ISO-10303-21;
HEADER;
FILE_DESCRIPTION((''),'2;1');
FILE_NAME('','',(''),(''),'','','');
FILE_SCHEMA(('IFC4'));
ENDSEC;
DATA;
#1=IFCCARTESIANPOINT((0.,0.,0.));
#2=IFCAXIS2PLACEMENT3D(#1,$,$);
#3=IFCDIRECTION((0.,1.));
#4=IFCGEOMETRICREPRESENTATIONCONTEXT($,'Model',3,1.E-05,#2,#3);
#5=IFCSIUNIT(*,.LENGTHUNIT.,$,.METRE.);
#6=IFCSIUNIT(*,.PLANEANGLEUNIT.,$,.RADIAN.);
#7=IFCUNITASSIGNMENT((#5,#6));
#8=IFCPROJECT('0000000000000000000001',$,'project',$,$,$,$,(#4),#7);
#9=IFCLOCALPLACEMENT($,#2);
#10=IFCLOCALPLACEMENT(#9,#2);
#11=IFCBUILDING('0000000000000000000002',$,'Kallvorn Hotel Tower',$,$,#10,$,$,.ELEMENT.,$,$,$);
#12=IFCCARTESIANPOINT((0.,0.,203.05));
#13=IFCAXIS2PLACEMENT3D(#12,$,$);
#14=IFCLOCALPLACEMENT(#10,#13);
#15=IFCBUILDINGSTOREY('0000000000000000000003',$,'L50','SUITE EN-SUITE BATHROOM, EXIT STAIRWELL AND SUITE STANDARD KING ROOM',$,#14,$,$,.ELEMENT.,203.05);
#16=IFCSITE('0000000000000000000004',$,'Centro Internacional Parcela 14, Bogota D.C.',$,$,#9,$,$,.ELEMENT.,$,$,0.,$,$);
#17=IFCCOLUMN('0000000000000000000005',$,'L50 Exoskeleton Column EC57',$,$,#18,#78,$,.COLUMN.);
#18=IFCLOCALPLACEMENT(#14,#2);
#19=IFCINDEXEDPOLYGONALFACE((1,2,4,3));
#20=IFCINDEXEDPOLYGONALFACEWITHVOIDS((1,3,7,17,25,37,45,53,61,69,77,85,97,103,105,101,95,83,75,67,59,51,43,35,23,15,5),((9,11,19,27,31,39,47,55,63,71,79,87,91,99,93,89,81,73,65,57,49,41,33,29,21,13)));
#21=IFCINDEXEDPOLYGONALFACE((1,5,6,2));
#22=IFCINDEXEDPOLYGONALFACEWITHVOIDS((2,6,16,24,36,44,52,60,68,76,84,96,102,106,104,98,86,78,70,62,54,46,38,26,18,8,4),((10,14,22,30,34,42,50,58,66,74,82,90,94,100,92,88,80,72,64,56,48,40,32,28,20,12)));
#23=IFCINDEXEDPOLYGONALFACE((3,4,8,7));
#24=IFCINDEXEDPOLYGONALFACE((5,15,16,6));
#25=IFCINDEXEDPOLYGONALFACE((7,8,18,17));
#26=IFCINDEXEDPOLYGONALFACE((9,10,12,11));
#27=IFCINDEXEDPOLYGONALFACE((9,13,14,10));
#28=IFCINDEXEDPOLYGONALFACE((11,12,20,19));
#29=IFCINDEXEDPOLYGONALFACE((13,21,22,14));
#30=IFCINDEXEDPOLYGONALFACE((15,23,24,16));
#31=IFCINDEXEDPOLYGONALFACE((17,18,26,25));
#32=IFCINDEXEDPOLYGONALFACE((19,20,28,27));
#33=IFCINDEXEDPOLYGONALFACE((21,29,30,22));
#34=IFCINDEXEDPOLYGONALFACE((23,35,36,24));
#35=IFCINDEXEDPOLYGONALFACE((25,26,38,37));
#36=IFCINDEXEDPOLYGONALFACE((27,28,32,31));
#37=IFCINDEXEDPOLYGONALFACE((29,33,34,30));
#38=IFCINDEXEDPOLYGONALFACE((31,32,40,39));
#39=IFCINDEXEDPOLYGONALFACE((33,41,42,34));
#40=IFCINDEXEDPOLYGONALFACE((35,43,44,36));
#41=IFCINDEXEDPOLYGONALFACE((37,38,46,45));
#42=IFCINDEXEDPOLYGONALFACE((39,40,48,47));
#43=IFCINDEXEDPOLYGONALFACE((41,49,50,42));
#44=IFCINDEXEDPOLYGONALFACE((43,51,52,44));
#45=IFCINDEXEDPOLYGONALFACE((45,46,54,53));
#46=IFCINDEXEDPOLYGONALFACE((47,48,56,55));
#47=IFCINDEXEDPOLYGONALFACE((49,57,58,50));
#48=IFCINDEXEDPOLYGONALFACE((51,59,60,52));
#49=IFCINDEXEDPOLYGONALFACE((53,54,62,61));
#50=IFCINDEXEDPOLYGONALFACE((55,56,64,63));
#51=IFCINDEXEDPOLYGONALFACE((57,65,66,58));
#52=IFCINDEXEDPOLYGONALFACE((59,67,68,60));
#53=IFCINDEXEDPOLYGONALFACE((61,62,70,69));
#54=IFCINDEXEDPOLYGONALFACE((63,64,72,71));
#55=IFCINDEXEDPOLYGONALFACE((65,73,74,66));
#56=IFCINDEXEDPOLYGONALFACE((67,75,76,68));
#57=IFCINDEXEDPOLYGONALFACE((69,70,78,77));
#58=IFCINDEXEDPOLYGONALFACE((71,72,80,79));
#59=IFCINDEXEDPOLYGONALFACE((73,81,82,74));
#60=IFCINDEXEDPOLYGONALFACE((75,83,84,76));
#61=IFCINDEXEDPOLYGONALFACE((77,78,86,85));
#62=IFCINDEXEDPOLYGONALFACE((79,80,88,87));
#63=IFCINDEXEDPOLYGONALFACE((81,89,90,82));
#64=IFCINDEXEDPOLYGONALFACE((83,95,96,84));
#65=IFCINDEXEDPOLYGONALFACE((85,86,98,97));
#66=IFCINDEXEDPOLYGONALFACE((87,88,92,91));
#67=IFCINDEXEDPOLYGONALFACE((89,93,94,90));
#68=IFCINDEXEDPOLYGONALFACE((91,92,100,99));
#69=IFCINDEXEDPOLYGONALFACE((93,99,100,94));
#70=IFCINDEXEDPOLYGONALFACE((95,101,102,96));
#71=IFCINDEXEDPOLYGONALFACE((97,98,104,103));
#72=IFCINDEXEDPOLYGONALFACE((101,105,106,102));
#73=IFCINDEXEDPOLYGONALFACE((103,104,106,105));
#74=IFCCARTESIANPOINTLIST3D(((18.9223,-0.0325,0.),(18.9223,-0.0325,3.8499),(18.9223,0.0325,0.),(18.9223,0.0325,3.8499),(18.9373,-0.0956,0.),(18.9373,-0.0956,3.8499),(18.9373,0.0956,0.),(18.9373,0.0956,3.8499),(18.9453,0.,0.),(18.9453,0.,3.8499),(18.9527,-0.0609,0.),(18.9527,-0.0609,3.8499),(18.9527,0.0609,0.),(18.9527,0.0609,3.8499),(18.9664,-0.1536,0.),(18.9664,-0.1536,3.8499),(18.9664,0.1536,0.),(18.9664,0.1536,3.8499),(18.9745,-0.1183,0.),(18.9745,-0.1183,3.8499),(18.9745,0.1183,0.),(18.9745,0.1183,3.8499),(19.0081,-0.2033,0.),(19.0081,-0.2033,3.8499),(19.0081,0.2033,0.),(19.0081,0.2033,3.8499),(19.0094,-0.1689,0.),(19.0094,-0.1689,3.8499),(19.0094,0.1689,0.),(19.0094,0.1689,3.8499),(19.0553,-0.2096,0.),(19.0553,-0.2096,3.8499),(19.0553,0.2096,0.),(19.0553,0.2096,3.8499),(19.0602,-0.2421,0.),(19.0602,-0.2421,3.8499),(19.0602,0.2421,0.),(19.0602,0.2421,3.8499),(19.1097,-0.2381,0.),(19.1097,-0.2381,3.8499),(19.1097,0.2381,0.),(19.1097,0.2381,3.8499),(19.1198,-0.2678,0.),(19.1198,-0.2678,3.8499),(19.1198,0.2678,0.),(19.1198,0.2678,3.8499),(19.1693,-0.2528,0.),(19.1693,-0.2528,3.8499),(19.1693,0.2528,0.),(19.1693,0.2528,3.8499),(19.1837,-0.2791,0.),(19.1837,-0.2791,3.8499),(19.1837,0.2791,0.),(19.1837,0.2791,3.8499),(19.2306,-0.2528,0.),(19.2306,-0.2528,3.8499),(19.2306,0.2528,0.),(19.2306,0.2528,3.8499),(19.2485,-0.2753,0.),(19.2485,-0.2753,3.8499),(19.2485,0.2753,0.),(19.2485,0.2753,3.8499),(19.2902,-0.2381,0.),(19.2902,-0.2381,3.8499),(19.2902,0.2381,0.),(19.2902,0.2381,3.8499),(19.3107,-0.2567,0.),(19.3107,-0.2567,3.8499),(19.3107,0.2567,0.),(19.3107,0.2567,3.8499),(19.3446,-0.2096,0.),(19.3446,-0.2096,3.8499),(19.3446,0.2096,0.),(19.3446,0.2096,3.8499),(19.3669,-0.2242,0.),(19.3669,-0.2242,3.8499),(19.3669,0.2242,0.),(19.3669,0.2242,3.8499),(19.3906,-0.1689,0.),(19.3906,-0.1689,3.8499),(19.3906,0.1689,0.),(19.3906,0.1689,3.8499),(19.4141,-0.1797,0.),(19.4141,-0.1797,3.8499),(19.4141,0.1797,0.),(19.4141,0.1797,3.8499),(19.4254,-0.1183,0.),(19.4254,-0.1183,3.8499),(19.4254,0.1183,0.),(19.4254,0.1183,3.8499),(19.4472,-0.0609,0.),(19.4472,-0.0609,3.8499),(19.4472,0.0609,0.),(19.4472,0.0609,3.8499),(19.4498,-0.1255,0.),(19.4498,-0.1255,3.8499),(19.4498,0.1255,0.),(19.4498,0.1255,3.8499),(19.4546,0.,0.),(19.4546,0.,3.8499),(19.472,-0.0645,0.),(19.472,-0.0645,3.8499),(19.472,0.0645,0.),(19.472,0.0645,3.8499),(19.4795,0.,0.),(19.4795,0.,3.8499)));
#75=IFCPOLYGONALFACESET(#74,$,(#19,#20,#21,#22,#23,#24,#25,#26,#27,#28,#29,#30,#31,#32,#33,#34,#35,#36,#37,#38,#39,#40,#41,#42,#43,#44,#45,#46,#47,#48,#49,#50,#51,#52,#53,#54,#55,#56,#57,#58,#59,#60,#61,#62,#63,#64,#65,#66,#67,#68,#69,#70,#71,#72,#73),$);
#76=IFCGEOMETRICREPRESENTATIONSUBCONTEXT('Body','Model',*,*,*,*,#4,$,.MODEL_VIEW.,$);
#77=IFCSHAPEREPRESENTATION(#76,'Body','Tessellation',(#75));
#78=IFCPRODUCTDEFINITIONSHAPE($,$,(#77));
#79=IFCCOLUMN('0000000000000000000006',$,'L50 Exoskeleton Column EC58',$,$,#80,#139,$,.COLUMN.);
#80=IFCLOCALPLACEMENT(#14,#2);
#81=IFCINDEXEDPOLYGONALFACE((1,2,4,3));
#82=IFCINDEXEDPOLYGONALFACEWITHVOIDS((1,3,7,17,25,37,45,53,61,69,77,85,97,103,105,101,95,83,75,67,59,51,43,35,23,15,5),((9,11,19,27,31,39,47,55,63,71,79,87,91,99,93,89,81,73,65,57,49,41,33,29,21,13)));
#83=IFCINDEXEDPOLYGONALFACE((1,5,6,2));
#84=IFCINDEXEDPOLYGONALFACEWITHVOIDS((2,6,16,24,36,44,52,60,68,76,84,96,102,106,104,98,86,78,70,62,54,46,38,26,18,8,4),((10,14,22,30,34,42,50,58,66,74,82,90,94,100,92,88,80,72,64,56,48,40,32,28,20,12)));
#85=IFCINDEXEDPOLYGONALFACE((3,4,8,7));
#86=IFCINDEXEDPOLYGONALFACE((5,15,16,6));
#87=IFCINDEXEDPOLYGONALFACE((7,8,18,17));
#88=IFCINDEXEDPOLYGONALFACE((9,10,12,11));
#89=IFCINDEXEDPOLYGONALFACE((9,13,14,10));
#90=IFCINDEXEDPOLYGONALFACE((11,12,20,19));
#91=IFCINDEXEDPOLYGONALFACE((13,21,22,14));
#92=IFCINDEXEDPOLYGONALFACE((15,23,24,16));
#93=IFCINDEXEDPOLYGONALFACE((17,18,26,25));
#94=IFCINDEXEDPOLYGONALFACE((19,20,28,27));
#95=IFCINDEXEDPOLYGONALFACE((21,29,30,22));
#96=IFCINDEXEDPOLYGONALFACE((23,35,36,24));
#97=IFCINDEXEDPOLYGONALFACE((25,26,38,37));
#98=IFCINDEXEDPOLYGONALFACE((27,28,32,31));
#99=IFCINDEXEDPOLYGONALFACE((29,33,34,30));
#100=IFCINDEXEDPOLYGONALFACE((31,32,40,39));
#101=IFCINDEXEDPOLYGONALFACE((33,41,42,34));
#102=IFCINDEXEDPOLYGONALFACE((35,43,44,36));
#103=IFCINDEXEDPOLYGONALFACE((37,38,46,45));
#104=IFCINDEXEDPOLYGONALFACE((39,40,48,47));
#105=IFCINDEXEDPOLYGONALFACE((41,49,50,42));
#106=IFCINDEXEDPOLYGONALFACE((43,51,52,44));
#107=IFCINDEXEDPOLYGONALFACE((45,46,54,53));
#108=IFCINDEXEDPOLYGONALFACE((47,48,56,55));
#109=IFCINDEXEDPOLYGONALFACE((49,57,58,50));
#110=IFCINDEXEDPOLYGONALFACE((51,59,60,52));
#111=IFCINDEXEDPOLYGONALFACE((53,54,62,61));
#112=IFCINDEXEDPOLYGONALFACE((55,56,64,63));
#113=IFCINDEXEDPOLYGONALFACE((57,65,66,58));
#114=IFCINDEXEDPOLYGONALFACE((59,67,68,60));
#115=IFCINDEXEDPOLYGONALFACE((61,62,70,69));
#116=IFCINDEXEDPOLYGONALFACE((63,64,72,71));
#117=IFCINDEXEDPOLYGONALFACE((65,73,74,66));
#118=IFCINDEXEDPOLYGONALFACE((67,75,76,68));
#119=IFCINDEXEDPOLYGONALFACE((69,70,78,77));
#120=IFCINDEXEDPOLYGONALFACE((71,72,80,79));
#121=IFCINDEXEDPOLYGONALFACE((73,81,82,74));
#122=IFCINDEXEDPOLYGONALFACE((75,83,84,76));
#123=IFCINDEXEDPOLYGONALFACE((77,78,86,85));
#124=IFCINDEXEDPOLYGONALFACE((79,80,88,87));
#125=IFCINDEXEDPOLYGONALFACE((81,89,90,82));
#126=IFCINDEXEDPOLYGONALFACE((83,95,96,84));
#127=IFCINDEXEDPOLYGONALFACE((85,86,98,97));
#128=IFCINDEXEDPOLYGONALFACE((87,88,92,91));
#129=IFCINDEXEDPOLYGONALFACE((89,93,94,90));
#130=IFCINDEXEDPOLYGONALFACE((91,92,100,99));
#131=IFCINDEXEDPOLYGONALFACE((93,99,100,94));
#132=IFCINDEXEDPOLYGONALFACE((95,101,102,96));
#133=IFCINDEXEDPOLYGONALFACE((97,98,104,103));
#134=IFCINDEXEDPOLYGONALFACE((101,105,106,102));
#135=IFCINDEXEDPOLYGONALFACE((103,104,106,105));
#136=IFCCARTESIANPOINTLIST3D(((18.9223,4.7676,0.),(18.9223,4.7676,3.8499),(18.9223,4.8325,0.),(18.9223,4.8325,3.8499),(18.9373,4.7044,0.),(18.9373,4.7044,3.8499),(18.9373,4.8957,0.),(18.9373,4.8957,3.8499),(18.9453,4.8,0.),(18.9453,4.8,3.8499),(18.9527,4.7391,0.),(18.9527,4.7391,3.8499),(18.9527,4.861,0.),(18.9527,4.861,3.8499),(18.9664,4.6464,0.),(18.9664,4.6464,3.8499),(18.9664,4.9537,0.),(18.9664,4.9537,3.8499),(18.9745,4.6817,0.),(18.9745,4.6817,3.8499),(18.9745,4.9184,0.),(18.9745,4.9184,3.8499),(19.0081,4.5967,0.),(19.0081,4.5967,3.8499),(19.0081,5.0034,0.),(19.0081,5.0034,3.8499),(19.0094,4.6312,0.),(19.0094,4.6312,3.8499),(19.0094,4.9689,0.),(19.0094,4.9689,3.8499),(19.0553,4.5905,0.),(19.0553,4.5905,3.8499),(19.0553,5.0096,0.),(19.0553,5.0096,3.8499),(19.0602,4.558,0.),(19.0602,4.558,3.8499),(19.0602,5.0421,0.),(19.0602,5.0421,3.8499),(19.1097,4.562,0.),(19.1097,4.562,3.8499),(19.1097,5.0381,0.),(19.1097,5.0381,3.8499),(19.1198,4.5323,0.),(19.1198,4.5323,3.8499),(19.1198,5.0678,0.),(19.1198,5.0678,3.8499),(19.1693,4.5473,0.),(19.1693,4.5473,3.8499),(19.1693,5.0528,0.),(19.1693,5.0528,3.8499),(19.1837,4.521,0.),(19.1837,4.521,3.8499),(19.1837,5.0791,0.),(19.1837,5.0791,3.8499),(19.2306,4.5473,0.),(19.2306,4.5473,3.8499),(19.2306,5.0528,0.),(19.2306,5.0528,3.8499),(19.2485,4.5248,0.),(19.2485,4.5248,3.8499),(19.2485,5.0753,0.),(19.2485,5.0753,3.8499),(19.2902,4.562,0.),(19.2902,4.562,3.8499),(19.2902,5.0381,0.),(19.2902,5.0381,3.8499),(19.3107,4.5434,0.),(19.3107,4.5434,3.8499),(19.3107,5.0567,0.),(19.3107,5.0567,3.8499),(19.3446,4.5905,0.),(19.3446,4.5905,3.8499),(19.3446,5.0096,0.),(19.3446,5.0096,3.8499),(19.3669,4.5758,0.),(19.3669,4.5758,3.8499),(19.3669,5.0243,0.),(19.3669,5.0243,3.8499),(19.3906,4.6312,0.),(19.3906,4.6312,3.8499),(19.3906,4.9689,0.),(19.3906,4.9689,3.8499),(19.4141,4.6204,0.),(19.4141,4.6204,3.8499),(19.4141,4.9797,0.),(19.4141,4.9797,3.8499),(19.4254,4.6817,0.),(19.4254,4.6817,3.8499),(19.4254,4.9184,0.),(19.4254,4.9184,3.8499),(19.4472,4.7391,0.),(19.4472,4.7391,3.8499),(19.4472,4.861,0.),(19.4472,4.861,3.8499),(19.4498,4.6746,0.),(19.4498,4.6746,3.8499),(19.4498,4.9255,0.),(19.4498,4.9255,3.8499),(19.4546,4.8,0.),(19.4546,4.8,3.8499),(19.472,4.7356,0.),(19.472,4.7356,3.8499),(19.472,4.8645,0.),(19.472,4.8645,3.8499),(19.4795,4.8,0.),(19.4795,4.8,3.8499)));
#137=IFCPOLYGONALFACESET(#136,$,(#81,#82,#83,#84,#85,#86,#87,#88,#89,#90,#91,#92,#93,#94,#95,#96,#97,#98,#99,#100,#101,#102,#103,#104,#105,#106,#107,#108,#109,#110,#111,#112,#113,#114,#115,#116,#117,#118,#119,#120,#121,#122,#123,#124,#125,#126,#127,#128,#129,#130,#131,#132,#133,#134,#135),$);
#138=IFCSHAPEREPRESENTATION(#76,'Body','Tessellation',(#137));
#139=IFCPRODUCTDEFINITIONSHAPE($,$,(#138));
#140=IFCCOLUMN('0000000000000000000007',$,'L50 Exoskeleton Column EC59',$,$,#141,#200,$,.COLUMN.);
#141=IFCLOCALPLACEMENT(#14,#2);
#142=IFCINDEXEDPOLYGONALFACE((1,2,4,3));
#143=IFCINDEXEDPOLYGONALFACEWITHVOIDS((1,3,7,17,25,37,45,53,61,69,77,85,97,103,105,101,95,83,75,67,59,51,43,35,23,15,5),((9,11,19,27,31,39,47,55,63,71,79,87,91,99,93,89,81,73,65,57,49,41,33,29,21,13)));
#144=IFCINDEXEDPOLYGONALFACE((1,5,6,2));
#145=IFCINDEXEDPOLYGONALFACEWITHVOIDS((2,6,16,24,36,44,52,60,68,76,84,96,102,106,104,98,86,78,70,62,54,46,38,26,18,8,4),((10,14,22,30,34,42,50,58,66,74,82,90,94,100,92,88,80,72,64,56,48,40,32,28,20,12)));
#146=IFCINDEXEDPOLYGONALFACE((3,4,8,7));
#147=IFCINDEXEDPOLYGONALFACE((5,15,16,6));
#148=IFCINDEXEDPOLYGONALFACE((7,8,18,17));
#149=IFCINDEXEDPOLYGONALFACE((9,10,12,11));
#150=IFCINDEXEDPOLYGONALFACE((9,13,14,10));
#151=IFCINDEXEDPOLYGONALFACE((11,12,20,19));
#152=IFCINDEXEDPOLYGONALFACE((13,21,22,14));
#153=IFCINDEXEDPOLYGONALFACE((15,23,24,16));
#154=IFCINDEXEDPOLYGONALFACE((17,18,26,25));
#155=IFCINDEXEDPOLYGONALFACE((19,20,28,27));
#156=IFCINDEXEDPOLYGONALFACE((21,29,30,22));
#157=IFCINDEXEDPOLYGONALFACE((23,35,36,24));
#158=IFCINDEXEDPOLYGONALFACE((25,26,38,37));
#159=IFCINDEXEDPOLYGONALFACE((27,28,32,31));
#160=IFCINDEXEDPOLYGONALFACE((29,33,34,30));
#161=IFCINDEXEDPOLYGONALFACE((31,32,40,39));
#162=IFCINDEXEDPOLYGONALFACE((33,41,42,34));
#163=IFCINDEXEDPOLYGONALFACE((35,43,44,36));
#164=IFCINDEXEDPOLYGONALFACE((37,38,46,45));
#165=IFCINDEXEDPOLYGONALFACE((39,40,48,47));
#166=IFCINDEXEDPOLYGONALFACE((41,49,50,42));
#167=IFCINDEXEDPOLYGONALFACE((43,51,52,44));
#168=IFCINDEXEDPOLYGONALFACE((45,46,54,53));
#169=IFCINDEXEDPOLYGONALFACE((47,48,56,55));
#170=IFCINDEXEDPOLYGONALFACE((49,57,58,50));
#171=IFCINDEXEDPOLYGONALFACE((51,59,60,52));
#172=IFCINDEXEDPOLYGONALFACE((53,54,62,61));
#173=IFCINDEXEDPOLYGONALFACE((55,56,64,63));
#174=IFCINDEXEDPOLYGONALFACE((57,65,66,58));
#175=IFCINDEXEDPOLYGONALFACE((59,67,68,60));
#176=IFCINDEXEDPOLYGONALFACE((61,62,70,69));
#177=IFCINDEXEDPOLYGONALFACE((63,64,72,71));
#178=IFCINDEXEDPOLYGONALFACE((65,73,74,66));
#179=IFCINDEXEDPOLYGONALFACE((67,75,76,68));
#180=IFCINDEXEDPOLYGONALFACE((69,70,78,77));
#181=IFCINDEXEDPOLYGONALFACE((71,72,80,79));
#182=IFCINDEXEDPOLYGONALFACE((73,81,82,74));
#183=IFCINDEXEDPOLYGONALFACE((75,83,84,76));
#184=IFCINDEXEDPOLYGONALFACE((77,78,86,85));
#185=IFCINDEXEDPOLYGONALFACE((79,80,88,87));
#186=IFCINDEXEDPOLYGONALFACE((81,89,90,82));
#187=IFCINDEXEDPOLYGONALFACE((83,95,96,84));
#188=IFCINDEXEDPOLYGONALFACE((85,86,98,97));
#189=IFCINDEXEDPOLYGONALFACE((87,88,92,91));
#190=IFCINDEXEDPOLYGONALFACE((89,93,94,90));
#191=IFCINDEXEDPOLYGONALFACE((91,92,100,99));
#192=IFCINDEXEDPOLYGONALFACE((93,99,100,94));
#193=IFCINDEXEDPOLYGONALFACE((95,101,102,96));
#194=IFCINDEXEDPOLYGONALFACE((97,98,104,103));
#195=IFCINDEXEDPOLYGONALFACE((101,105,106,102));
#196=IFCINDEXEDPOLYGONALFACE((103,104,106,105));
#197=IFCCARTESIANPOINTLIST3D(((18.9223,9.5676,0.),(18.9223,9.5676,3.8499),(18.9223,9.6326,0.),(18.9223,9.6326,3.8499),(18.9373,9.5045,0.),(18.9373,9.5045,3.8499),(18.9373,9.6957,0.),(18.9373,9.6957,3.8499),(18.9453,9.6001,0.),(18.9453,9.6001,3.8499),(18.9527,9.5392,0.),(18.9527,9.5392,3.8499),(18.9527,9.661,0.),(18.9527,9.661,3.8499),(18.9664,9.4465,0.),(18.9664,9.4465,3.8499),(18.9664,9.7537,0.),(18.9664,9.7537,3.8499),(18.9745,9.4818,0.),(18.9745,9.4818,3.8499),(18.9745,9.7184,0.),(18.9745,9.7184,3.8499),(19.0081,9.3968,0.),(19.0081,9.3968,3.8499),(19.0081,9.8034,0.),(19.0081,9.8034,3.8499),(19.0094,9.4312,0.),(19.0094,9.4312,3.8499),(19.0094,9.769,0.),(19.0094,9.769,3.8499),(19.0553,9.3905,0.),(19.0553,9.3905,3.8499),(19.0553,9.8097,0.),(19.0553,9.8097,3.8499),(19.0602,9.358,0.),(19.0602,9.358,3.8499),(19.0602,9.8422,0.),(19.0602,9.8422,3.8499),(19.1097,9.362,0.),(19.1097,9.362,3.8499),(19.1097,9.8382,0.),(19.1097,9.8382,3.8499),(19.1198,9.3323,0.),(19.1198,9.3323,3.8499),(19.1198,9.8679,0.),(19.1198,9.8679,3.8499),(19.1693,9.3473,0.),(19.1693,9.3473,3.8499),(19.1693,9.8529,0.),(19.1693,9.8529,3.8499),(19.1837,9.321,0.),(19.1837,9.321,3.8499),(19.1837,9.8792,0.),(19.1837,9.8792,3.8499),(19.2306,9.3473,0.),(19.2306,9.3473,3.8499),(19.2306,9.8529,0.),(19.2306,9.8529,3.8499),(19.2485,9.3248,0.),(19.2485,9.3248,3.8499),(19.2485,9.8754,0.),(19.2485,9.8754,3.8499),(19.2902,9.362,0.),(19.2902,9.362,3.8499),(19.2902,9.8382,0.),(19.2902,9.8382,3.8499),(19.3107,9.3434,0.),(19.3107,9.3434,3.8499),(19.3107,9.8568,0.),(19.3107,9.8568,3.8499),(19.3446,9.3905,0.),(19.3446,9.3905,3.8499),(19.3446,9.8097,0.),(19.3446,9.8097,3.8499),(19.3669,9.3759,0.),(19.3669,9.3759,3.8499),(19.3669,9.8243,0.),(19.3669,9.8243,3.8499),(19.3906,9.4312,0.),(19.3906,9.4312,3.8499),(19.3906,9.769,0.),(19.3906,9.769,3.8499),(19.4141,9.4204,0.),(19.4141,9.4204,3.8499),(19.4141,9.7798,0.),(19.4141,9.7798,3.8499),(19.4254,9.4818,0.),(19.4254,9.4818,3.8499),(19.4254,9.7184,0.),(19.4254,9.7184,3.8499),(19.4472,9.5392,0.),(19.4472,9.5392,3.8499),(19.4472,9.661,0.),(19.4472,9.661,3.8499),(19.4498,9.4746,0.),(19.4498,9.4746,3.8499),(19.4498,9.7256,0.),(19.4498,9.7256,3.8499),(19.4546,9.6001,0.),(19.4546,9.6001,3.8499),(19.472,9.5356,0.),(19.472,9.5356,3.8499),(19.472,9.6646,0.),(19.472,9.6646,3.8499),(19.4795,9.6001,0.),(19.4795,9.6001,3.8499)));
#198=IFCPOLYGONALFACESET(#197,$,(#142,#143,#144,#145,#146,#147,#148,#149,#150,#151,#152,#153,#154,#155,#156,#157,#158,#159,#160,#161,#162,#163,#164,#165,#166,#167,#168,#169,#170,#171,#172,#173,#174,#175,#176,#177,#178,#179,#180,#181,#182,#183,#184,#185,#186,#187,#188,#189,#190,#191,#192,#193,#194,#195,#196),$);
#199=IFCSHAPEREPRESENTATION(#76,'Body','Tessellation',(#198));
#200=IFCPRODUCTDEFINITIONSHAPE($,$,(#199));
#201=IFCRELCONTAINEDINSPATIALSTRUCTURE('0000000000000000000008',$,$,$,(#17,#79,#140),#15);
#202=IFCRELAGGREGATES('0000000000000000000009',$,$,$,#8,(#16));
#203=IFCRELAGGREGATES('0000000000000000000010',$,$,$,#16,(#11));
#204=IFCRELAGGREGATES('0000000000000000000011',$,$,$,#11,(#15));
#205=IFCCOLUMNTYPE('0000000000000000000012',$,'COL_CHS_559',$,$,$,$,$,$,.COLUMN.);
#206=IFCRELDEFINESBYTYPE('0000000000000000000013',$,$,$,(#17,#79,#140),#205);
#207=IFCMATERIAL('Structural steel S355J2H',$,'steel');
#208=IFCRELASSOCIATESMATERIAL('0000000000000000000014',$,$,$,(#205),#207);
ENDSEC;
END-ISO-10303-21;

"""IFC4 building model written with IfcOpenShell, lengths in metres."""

from ifc_helpers import new_model, si_unit, direction, frame, origin, origin_2d, place, context, subcontext, project, spatial, hollow_circle, extrude, material, material_profile, profile_set, type_object, element, save


model = new_model("IFC4")

# Units and contexts
model_context = context("Model", 3, precision=1e-05, world=origin(), true_north=direction((0.0, 1.0)))
body_context = subcontext(model_context, "Body", "Model", "MODEL_VIEW")
ifc_project = project(units=[si_unit("LENGTHUNIT", "METRE"), si_unit("PLANEANGLEUNIT", "RADIAN")], contexts=[model_context])

# Site, building, storey
site_placement = place(None, origin())
site = spatial("IfcSite", under=ifc_project, at=site_placement, Name="Centro Internacional Parcela 14, Bogota D.C.", CompositionType="ELEMENT", RefElevation=0.0)
building_placement = place(site_placement, origin())
building = spatial("IfcBuilding", under=site, at=building_placement, Name="Kallvorn Hotel Tower", CompositionType="ELEMENT")
storey_placement = place(building_placement, frame((0.0, 0.0, 203.05)))
storey = spatial("IfcBuildingStorey", under=building, at=storey_placement, Name="L50", Description="SUITE EN-SUITE BATHROOM, EXIT STAIRWELL AND SUITE STANDARD KING ROOM", CompositionType="ELEMENT", Elevation=203.05)

# Columns
ifc_material_1 = material(Name="Structural steel S355J2H", Category="steel")
ifc_material_profile_1 = material_profile(ifc_material_1, hollow_circle(Radius=0.2795, WallThickness=0.0249, at=origin_2d()), Name="CHS 559x25")
ifc_profile_set_1 = profile_set([ifc_material_profile_1], Name="Structural steel S355J2H")
column_type_1 = type_object("IfcColumnType", Name="COL_CHS_559", PredefinedType="COLUMN", material=ifc_profile_set_1)
for number, where, z_axis, x_axis, name in (
    (1, (19.2, 0.0, 0.0), (0.0, 0.0, 1.0), (1.0, 0.0, 0.0), "L50 Exoskeleton Column EC57"),
    (2, (19.2, 4.8, 0.0), (0.0, 0.0, 1.0), (1.0, 0.0, 0.0), "L50 Exoskeleton Column EC58"),
    (3, (19.2, 9.6001, 0.0), (0.0, 0.0, 1.0), (1.0, 0.0, 0.0), "L50 Exoskeleton Column EC59"),
):
    element("IfcColumn", number, at=place(storey_placement, frame(where, z_axis=z_axis, x_axis=x_axis)), inside=storey, type_object=column_type_1, Name=name, PredefinedType="COLUMN", context=body_context, shape_type="SweptSolid", body=[
        extrude(hollow_circle(Radius=0.2795, WallThickness=0.0249, at=origin_2d()), origin(), (0.0, 0.0, 1.0), 3.8499),
    ])

save(model, "model.ifc")
